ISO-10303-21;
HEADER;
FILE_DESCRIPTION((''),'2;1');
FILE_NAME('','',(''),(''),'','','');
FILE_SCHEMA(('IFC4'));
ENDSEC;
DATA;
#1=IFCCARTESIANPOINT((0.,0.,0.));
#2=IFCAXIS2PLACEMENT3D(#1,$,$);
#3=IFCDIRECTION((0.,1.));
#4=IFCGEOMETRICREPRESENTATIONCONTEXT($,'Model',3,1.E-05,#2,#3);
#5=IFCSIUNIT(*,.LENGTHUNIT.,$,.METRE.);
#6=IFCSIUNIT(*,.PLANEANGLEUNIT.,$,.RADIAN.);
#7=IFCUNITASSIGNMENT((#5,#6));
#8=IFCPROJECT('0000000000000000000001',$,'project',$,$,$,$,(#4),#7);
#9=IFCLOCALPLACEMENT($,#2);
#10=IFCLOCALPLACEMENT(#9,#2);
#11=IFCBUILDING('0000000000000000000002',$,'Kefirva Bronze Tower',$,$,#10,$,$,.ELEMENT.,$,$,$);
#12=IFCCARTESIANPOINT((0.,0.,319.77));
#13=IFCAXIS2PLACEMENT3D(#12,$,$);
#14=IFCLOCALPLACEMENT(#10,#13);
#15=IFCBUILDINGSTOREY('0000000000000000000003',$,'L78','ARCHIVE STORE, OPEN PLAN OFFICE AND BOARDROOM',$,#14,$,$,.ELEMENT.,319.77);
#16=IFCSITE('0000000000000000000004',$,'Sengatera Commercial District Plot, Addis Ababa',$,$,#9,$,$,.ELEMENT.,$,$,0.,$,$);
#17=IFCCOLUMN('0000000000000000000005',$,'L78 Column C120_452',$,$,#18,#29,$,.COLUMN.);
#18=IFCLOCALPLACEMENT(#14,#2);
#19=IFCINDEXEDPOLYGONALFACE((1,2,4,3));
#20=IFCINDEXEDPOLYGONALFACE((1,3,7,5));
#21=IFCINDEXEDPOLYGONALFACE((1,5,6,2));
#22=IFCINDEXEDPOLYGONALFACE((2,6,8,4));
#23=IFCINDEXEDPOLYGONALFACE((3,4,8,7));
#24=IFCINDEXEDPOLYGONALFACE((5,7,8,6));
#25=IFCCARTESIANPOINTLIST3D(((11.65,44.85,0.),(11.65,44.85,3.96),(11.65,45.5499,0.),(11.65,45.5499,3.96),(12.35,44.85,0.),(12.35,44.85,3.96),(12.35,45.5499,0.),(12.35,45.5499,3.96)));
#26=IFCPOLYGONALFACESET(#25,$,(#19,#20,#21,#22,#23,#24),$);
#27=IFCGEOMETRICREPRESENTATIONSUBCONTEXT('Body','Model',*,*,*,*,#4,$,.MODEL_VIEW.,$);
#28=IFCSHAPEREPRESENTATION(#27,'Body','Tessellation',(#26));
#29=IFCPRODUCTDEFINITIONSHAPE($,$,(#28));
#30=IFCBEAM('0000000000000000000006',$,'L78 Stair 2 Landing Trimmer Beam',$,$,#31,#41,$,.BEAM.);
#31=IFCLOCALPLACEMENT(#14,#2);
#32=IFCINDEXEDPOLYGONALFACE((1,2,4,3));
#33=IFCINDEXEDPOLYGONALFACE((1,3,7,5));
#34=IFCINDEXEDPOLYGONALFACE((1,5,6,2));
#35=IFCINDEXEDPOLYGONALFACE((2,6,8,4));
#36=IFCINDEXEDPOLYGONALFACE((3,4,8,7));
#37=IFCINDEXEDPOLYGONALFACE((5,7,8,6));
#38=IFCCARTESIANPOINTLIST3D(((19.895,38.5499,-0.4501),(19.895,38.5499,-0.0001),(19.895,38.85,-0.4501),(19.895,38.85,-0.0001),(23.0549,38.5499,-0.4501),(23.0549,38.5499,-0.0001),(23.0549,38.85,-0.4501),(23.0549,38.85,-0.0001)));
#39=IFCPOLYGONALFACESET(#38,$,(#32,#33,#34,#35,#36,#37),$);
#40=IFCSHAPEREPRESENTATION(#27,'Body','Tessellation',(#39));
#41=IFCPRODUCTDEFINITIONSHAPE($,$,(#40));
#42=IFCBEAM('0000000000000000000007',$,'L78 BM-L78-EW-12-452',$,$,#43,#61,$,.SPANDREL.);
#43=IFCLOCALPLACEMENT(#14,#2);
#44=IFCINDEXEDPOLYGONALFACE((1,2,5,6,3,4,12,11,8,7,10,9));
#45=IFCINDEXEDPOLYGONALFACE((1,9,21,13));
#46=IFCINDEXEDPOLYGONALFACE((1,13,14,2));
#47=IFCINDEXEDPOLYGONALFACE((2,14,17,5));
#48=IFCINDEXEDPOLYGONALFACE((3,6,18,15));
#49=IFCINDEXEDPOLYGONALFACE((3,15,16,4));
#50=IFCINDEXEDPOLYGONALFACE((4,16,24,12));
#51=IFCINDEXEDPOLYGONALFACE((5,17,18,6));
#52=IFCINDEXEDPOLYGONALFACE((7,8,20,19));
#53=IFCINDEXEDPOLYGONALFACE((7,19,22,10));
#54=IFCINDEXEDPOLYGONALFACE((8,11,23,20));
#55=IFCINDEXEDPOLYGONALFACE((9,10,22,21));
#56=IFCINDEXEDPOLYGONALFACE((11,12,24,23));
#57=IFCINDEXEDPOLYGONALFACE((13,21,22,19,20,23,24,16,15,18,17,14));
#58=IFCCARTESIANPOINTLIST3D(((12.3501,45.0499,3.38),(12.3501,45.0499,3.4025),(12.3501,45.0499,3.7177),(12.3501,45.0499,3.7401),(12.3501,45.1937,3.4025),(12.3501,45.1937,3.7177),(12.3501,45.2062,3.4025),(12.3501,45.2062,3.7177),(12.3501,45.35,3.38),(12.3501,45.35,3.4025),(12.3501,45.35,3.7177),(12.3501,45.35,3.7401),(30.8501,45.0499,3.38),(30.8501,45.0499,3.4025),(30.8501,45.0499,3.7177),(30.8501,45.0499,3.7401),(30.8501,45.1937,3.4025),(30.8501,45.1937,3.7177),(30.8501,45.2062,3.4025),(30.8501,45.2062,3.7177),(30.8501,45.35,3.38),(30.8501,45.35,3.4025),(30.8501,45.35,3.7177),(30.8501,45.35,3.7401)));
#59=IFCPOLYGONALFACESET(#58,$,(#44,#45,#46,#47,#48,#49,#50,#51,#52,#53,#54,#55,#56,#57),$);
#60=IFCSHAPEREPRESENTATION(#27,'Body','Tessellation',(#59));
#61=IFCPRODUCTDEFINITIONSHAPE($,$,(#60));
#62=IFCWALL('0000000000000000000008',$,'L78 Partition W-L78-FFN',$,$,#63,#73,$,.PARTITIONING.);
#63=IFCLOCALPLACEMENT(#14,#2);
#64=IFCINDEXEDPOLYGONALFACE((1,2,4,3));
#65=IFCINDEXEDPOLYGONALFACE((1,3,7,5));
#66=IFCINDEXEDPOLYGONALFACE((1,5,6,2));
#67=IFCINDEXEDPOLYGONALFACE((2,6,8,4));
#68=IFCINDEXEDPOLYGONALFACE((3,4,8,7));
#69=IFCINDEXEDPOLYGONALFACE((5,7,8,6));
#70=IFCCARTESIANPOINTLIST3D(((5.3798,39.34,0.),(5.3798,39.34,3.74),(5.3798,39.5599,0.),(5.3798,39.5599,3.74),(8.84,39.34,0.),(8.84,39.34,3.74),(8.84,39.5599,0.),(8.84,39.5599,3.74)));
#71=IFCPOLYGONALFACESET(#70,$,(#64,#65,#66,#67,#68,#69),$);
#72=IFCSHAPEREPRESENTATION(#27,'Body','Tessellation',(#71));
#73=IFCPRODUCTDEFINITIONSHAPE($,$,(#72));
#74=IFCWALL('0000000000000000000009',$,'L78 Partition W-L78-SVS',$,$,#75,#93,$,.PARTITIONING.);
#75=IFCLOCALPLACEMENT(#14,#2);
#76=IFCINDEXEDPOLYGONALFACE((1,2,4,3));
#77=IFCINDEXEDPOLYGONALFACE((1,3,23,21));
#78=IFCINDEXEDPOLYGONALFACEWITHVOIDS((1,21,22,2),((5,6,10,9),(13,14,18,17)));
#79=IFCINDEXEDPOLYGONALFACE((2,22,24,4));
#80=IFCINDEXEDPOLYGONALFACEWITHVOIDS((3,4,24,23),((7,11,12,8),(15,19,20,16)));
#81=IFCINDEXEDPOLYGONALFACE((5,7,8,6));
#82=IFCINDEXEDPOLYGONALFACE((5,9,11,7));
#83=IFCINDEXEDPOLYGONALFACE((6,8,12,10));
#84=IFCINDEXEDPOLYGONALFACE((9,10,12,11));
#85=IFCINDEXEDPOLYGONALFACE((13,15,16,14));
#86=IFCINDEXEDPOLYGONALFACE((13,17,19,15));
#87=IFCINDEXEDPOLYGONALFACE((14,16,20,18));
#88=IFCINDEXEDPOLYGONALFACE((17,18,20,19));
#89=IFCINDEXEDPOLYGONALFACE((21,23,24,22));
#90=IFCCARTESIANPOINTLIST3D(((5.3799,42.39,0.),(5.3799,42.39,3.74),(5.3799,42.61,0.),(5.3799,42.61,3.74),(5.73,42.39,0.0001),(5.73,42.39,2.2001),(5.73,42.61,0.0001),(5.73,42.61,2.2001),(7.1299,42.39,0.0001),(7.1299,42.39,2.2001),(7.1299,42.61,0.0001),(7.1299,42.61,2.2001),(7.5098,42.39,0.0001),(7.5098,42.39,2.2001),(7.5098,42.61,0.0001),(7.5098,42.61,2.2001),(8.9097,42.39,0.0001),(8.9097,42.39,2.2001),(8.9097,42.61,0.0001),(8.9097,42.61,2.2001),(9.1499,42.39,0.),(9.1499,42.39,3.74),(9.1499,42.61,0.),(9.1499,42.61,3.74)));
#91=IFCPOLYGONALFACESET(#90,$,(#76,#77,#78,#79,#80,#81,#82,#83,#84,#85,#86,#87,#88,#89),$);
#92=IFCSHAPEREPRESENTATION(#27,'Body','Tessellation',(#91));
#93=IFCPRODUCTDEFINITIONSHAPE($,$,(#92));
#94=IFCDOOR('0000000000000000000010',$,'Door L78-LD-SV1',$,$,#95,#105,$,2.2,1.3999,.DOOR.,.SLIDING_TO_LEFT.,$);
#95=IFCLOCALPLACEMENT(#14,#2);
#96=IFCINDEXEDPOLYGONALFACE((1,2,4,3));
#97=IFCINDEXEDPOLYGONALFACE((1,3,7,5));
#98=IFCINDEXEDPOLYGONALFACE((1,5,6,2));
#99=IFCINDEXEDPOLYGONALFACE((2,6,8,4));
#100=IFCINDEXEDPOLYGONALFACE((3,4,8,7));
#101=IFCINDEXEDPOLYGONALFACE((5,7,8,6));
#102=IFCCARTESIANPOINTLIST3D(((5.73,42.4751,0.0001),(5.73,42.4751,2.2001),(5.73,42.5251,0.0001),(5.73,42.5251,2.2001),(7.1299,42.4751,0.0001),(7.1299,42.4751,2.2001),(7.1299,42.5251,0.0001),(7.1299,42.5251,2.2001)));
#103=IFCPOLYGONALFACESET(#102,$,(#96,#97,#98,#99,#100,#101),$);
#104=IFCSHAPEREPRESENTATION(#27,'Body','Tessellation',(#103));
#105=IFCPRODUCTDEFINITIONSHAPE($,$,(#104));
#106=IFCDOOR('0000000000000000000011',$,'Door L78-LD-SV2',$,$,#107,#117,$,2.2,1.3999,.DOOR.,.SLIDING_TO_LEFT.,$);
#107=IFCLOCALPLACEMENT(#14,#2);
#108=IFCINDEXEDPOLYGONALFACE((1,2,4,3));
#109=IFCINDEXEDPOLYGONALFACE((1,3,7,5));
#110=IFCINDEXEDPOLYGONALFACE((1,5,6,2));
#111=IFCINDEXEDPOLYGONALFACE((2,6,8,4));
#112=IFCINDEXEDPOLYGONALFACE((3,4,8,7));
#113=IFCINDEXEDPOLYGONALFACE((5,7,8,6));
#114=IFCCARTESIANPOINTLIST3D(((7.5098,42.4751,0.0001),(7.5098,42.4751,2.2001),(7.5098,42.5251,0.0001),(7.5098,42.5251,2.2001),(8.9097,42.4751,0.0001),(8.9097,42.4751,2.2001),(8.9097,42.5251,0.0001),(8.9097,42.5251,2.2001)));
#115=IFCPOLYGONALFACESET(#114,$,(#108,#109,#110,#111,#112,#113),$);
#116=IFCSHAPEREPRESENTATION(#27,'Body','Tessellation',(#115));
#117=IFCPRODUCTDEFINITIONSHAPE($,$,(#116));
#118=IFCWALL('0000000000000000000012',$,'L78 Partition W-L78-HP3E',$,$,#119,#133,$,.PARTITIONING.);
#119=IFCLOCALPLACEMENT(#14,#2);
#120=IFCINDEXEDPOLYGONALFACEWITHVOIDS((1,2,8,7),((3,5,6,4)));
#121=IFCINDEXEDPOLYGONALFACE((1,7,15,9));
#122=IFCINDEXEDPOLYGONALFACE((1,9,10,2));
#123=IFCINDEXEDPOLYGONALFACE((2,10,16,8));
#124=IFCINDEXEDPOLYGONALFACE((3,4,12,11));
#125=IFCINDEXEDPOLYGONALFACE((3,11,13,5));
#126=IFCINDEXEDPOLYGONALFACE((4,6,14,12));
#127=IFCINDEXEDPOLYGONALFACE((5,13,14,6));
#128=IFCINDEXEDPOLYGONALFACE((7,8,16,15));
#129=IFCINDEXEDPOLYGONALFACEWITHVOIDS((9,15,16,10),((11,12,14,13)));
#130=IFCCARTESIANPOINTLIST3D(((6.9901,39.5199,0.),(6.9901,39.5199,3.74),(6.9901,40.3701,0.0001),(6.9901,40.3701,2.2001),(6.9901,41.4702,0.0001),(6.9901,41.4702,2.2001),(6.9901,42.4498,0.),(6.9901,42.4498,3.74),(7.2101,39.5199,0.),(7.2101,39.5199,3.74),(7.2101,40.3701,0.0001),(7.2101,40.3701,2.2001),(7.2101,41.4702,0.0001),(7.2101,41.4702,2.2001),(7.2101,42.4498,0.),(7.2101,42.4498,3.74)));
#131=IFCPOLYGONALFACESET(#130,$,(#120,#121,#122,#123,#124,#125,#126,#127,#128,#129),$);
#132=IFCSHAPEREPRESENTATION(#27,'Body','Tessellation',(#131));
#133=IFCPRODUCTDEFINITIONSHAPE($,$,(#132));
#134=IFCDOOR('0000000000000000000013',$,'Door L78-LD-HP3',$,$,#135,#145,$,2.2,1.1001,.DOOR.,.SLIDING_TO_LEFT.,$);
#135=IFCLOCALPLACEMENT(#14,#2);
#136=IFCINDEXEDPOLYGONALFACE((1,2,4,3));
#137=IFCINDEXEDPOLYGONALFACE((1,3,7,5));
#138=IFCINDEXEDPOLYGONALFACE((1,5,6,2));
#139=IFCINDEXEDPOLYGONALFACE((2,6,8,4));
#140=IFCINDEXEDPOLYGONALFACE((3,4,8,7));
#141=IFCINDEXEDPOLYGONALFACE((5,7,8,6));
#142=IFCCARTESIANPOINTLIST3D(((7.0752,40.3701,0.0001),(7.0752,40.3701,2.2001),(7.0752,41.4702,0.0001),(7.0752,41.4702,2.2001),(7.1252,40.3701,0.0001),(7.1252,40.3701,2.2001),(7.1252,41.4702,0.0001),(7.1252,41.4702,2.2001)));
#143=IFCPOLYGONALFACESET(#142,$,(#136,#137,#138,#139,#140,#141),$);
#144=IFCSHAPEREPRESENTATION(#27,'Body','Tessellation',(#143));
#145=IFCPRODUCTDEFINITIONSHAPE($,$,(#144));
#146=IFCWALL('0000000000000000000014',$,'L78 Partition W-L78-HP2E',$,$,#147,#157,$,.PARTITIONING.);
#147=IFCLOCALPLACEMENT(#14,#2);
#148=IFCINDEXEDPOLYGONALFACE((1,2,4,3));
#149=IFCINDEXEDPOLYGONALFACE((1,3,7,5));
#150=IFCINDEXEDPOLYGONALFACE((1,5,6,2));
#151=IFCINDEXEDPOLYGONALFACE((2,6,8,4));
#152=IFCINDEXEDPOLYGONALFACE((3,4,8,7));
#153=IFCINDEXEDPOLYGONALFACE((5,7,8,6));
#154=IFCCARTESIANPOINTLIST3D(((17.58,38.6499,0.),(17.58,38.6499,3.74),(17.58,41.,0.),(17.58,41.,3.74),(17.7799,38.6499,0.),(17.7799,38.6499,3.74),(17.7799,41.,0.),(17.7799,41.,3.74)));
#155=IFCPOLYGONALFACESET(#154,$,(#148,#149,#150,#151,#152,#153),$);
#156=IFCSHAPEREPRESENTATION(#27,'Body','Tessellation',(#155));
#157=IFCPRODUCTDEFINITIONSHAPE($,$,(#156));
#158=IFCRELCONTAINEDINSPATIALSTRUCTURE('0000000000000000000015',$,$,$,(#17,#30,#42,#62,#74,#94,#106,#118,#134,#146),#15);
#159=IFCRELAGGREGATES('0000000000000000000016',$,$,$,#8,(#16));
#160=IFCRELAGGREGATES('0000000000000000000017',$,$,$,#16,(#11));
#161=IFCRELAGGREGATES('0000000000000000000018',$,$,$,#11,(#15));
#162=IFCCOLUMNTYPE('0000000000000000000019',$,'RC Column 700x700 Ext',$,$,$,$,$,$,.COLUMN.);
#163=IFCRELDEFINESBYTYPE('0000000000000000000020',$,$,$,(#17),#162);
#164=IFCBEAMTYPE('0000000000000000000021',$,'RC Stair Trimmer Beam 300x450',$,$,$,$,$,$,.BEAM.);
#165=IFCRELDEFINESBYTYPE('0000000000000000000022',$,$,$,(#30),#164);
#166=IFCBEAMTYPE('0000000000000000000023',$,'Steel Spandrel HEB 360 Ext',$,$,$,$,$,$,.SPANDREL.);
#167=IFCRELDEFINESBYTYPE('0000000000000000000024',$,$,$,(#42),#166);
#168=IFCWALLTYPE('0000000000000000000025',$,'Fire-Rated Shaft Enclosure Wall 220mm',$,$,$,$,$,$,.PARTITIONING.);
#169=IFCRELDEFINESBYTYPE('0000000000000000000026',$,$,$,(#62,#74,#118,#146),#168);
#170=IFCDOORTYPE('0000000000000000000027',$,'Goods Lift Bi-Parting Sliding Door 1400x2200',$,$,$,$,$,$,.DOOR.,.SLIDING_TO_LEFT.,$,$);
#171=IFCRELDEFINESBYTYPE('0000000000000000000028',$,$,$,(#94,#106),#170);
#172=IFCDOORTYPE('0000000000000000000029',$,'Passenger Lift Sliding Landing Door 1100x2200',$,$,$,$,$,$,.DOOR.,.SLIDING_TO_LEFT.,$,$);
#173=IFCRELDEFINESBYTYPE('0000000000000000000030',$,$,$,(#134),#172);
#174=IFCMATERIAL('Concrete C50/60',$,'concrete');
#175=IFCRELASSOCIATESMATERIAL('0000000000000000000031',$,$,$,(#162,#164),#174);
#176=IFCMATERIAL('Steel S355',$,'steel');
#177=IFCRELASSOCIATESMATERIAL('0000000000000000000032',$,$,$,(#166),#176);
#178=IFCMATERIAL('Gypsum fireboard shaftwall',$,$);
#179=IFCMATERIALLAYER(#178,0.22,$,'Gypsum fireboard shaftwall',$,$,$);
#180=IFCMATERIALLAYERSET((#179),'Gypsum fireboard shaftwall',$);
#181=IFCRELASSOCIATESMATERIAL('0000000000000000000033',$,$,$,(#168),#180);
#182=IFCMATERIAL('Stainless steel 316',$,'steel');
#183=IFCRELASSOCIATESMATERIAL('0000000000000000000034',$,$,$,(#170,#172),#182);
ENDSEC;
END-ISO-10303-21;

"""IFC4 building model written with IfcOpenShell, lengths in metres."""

from ifc_helpers import new_model, si_unit, direction, frame, frame_2d, origin, origin_2d, place, context, subcontext, project, spatial, rectangle, i_section, extrude, material, layer, layer_set, material_profile, profile_set, type_object, element, fill, save


model = new_model("IFC4")

# Units and contexts
model_context = context("Model", 3, precision=1e-05, world=origin(), true_north=direction((0.0, 1.0)))
body_context = subcontext(model_context, "Body", "Model", "MODEL_VIEW")
ifc_project = project(units=[si_unit("LENGTHUNIT", "METRE"), si_unit("PLANEANGLEUNIT", "RADIAN")], contexts=[model_context])

# Site, building, storey
site_placement = place(None, origin())
site = spatial("IfcSite", under=ifc_project, at=site_placement, Name="Sengatera Commercial District Plot, Addis Ababa", CompositionType="ELEMENT", RefElevation=0.0)
building_placement = place(site_placement, origin())
building = spatial("IfcBuilding", under=site, at=building_placement, Name="Kefirva Bronze Tower", CompositionType="ELEMENT")
storey_placement = place(building_placement, frame((0.0, 0.0, 319.77)))
storey = spatial("IfcBuildingStorey", under=building, at=storey_placement, Name="L78", Description="ARCHIVE STORE, OPEN PLAN OFFICE AND BOARDROOM", CompositionType="ELEMENT", Elevation=319.77)

# Column
ifc_material_1 = material(Name="Concrete C50/60", Category="concrete")
ifc_material_profile_1 = material_profile(ifc_material_1, rectangle(XDim=0.7, YDim=0.7, at=origin_2d()), Name="RC 700x700")
ifc_profile_set_1 = profile_set([ifc_material_profile_1], Name="Concrete C50/60")
column_type = type_object("IfcColumnType", Name="RC Column 700x700 Ext", PredefinedType="COLUMN", material=ifc_profile_set_1)
column_placement = place(storey_placement, frame((12.0, 45.2, 0.0), z_axis=(0.0, 0.0, 1.0), x_axis=(1.0, 0.0, 0.0)))
element("IfcColumn", 1, at=column_placement, inside=storey, type_object=column_type, Name="L78 Column C120_452", PredefinedType="COLUMN", context=body_context, shape_type="SweptSolid", body=[
    extrude(rectangle(XDim=0.7, YDim=0.7, at=origin_2d()), origin(), (0.0, 0.0, 1.0), 3.96),
])

# Beams
ifc_material_profile_2 = material_profile(ifc_material_1, rectangle(XDim=0.3, YDim=0.45, at=origin_2d()), Name="RC 300x450")
ifc_profile_set_2 = profile_set([ifc_material_profile_2], Name="Concrete C50/60")
beam_type_1 = type_object("IfcBeamType", Name="RC Stair Trimmer Beam 300x450", PredefinedType="BEAM", material=ifc_profile_set_2)
beam_1_placement = place(storey_placement, frame((19.895, 38.7, -0.2251), z_axis=(1.0, 0.0, 0.0), x_axis=(0.0, 1.0, 0.0)))
element("IfcBeam", 2, at=beam_1_placement, inside=storey, type_object=beam_type_1, Name="L78 Stair 2 Landing Trimmer Beam", PredefinedType="BEAM", context=body_context, shape_type="SweptSolid", body=[
    extrude(rectangle(XDim=0.3, YDim=0.45, at=origin_2d()), origin(), (0.0, 0.0, 1.0), 3.1599),
])
ifc_material_2 = material(Name="Steel S355", Category="steel")
ifc_material_profile_3 = material_profile(ifc_material_2, i_section(OverallWidth=0.3, OverallDepth=0.3601, WebThickness=0.0125, FlangeThickness=0.0225, at=origin_2d()), Name="HEB 360")
ifc_profile_set_3 = profile_set([ifc_material_profile_3], Name="Steel S355")
beam_type_2 = type_object("IfcBeamType", Name="Steel Spandrel HEB 360 Ext", PredefinedType="SPANDREL", material=ifc_profile_set_3)
beam_2_placement = place(storey_placement, frame((12.3501, 45.2, 3.5601), z_axis=(1.0, 0.0, 0.0), x_axis=(0.0, 1.0, 0.0)))
element("IfcBeam", 3, at=beam_2_placement, inside=storey, type_object=beam_type_2, Name="L78 BM-L78-EW-12-452", PredefinedType="SPANDREL", context=body_context, shape_type="SweptSolid", body=[
    extrude(i_section(OverallWidth=0.3, OverallDepth=0.3601, WebThickness=0.0125, FlangeThickness=0.0225, at=origin_2d()), origin(), (0.0, 0.0, 1.0), 18.5),
])

# Wall
ifc_material_3 = material(Name="Gypsum fireboard shaftwall")
ifc_layer_1 = layer(ifc_material_3, 0.22, Name="Gypsum fireboard shaftwall")
ifc_layer_set_1 = layer_set([ifc_layer_1], Name="Gypsum fireboard shaftwall")
wall_type_1 = type_object("IfcWallType", Name="Fire-Rated Shaft Enclosure Wall 220mm", PredefinedType="PARTITIONING", material=ifc_layer_set_1)
wall_1_placement = place(storey_placement, frame((5.3799, 39.45, 0.0), z_axis=(0.0, 0.0, 1.0), x_axis=(1.0, 0.0, 0.0)))
element("IfcWall", 4, at=wall_1_placement, inside=storey, type_object=wall_type_1, Name="L78 Partition W-L78-FFN", PredefinedType="PARTITIONING", context=body_context, shape_type="SweptSolid", body=[
    extrude(rectangle(XDim=3.4602, YDim=0.22, at=frame_2d((1.73, 0.0))), origin(), (0.0, 0.0, 1.0), 3.74),
])

# Wall, openings, doors
wall_2_placement = place(storey_placement, frame((5.3799, 42.5, 0.0), z_axis=(0.0, 0.0, 1.0), x_axis=(1.0, 0.0, 0.0)))
wall_2 = element("IfcWall", 5, at=wall_2_placement, inside=storey, type_object=wall_type_1, Name="L78 Partition W-L78-SVS", PredefinedType="PARTITIONING", context=body_context, shape_type="SweptSolid", body=[
    extrude(rectangle(XDim=3.77, YDim=0.22, at=frame_2d((1.885, 0.0))), origin(), (0.0, 0.0, 1.0), 3.74),
])
opening_1_placement = place(wall_2_placement, frame((1.75, 0.0, 0.0), z_axis=(0.0, 0.0, 1.0), x_axis=(-1.0, 0.0, 0.0)))
opening_1 = element("IfcOpeningElement", 6, at=opening_1_placement, cuts=wall_2, PredefinedType="OPENING", context=body_context, shape_type="SweptSolid", body=[
    extrude(rectangle(XDim=1.3999, YDim=2.2, at=frame_2d((0.7, 1.1001))), frame((0.0, 0.1201, 0.0), z_axis=(0.0, -1.0, 0.0), x_axis=(1.0, 0.0, 0.0)), (0.0, 0.0, 1.0), 0.24),
])
opening_2_placement = place(wall_2_placement, frame((3.5298, 0.0, 0.0), z_axis=(0.0, 0.0, 1.0), x_axis=(-1.0, 0.0, 0.0)))
opening_2 = element("IfcOpeningElement", 7, at=opening_2_placement, cuts=wall_2, PredefinedType="OPENING", context=body_context, shape_type="SweptSolid", body=[
    extrude(rectangle(XDim=1.3999, YDim=2.2, at=frame_2d((0.7, 1.1001))), frame((0.0, 0.1201, 0.0), z_axis=(0.0, -1.0, 0.0), x_axis=(1.0, 0.0, 0.0)), (0.0, 0.0, 1.0), 0.24),
])
ifc_material_4 = material(Name="Stainless steel 316", Category="steel")
door_type_1 = type_object("IfcDoorType", Name="Goods Lift Bi-Parting Sliding Door 1400x2200", OperationType="SLIDING_TO_LEFT", PredefinedType="DOOR", material=ifc_material_4)
door_1_placement = place(opening_1_placement, origin())
door_1 = element("IfcDoor", 8, at=door_1_placement, inside=storey, type_object=door_type_1, Name="Door L78-LD-SV1", OperationType="SLIDING_TO_LEFT", OverallHeight=2.2, OverallWidth=1.3999, PredefinedType="DOOR", context=body_context, shape_type="SweptSolid", body=[
    extrude(rectangle(XDim=1.3999, YDim=2.2, at=frame_2d((0.7, 1.1001))), frame((0.0, 0.0249, 0.0), z_axis=(0.0, -1.0, 0.0), x_axis=(1.0, 0.0, 0.0)), (0.0, 0.0, 1.0), 0.05),
])
fill(opening_1, door_1)
door_2_placement = place(opening_2_placement, origin())
door_2 = element("IfcDoor", 9, at=door_2_placement, inside=storey, type_object=door_type_1, Name="Door L78-LD-SV2", OperationType="SLIDING_TO_LEFT", OverallHeight=2.2, OverallWidth=1.3999, PredefinedType="DOOR", context=body_context, shape_type="SweptSolid", body=[
    extrude(rectangle(XDim=1.3999, YDim=2.2, at=frame_2d((0.7, 1.1001))), frame((0.0, 0.0249, 0.0), z_axis=(0.0, -1.0, 0.0), x_axis=(1.0, 0.0, 0.0)), (0.0, 0.0, 1.0), 0.05),
])
fill(opening_2, door_2)

# Wall, opening, door
wall_3_placement = place(storey_placement, frame((7.1001, 39.52, 0.0), z_axis=(0.0, 0.0, 1.0), x_axis=(0.0, 1.0, 0.0)))
wall_3 = element("IfcWall", 10, at=wall_3_placement, inside=storey, type_object=wall_type_1, Name="L78 Partition W-L78-HP3E", PredefinedType="PARTITIONING", context=body_context, shape_type="SweptSolid", body=[
    extrude(rectangle(XDim=2.9299, YDim=0.22, at=frame_2d((1.4648, 0.0))), origin(), (0.0, 0.0, 1.0), 3.74),
])
opening_3_placement = place(wall_3_placement, frame((0.8501, 0.0, 0.0)))
opening_3 = element("IfcOpeningElement", 11, at=opening_3_placement, cuts=wall_3, PredefinedType="OPENING", context=body_context, shape_type="SweptSolid", body=[
    extrude(rectangle(XDim=1.1001, YDim=2.2, at=frame_2d((0.55, 1.1001))), frame((0.0, 0.1201, 0.0), z_axis=(0.0, -1.0, 0.0), x_axis=(1.0, 0.0, 0.0)), (0.0, 0.0, 1.0), 0.24),
])
door_type_2 = type_object("IfcDoorType", Name="Passenger Lift Sliding Landing Door 1100x2200", OperationType="SLIDING_TO_LEFT", PredefinedType="DOOR", material=ifc_material_4)
door_3_placement = place(opening_3_placement, origin())
door_3 = element("IfcDoor", 12, at=door_3_placement, inside=storey, type_object=door_type_2, Name="Door L78-LD-HP3", OperationType="SLIDING_TO_LEFT", OverallHeight=2.2, OverallWidth=1.1001, PredefinedType="DOOR", context=body_context, shape_type="SweptSolid", body=[
    extrude(rectangle(XDim=1.1001, YDim=2.2, at=frame_2d((0.55, 1.1001))), frame((0.0, 0.0249, 0.0), z_axis=(0.0, -1.0, 0.0), x_axis=(1.0, 0.0, 0.0)), (0.0, 0.0, 1.0), 0.05),
])
fill(opening_3, door_3)

# Wall
wall_4_placement = place(storey_placement, frame((17.6799, 38.6499, 0.0), z_axis=(0.0, 0.0, 1.0), x_axis=(0.0, 1.0, 0.0)))
element("IfcWall", 13, at=wall_4_placement, inside=storey, type_object=wall_type_1, Name="L78 Partition W-L78-HP2E", PredefinedType="PARTITIONING", context=body_context, shape_type="SweptSolid", body=[
    extrude(rectangle(XDim=2.3501, YDim=0.2, at=frame_2d((1.175, 0.0))), origin(), (0.0, 0.0, 1.0), 3.74),
])

save(model, "model.ifc")
